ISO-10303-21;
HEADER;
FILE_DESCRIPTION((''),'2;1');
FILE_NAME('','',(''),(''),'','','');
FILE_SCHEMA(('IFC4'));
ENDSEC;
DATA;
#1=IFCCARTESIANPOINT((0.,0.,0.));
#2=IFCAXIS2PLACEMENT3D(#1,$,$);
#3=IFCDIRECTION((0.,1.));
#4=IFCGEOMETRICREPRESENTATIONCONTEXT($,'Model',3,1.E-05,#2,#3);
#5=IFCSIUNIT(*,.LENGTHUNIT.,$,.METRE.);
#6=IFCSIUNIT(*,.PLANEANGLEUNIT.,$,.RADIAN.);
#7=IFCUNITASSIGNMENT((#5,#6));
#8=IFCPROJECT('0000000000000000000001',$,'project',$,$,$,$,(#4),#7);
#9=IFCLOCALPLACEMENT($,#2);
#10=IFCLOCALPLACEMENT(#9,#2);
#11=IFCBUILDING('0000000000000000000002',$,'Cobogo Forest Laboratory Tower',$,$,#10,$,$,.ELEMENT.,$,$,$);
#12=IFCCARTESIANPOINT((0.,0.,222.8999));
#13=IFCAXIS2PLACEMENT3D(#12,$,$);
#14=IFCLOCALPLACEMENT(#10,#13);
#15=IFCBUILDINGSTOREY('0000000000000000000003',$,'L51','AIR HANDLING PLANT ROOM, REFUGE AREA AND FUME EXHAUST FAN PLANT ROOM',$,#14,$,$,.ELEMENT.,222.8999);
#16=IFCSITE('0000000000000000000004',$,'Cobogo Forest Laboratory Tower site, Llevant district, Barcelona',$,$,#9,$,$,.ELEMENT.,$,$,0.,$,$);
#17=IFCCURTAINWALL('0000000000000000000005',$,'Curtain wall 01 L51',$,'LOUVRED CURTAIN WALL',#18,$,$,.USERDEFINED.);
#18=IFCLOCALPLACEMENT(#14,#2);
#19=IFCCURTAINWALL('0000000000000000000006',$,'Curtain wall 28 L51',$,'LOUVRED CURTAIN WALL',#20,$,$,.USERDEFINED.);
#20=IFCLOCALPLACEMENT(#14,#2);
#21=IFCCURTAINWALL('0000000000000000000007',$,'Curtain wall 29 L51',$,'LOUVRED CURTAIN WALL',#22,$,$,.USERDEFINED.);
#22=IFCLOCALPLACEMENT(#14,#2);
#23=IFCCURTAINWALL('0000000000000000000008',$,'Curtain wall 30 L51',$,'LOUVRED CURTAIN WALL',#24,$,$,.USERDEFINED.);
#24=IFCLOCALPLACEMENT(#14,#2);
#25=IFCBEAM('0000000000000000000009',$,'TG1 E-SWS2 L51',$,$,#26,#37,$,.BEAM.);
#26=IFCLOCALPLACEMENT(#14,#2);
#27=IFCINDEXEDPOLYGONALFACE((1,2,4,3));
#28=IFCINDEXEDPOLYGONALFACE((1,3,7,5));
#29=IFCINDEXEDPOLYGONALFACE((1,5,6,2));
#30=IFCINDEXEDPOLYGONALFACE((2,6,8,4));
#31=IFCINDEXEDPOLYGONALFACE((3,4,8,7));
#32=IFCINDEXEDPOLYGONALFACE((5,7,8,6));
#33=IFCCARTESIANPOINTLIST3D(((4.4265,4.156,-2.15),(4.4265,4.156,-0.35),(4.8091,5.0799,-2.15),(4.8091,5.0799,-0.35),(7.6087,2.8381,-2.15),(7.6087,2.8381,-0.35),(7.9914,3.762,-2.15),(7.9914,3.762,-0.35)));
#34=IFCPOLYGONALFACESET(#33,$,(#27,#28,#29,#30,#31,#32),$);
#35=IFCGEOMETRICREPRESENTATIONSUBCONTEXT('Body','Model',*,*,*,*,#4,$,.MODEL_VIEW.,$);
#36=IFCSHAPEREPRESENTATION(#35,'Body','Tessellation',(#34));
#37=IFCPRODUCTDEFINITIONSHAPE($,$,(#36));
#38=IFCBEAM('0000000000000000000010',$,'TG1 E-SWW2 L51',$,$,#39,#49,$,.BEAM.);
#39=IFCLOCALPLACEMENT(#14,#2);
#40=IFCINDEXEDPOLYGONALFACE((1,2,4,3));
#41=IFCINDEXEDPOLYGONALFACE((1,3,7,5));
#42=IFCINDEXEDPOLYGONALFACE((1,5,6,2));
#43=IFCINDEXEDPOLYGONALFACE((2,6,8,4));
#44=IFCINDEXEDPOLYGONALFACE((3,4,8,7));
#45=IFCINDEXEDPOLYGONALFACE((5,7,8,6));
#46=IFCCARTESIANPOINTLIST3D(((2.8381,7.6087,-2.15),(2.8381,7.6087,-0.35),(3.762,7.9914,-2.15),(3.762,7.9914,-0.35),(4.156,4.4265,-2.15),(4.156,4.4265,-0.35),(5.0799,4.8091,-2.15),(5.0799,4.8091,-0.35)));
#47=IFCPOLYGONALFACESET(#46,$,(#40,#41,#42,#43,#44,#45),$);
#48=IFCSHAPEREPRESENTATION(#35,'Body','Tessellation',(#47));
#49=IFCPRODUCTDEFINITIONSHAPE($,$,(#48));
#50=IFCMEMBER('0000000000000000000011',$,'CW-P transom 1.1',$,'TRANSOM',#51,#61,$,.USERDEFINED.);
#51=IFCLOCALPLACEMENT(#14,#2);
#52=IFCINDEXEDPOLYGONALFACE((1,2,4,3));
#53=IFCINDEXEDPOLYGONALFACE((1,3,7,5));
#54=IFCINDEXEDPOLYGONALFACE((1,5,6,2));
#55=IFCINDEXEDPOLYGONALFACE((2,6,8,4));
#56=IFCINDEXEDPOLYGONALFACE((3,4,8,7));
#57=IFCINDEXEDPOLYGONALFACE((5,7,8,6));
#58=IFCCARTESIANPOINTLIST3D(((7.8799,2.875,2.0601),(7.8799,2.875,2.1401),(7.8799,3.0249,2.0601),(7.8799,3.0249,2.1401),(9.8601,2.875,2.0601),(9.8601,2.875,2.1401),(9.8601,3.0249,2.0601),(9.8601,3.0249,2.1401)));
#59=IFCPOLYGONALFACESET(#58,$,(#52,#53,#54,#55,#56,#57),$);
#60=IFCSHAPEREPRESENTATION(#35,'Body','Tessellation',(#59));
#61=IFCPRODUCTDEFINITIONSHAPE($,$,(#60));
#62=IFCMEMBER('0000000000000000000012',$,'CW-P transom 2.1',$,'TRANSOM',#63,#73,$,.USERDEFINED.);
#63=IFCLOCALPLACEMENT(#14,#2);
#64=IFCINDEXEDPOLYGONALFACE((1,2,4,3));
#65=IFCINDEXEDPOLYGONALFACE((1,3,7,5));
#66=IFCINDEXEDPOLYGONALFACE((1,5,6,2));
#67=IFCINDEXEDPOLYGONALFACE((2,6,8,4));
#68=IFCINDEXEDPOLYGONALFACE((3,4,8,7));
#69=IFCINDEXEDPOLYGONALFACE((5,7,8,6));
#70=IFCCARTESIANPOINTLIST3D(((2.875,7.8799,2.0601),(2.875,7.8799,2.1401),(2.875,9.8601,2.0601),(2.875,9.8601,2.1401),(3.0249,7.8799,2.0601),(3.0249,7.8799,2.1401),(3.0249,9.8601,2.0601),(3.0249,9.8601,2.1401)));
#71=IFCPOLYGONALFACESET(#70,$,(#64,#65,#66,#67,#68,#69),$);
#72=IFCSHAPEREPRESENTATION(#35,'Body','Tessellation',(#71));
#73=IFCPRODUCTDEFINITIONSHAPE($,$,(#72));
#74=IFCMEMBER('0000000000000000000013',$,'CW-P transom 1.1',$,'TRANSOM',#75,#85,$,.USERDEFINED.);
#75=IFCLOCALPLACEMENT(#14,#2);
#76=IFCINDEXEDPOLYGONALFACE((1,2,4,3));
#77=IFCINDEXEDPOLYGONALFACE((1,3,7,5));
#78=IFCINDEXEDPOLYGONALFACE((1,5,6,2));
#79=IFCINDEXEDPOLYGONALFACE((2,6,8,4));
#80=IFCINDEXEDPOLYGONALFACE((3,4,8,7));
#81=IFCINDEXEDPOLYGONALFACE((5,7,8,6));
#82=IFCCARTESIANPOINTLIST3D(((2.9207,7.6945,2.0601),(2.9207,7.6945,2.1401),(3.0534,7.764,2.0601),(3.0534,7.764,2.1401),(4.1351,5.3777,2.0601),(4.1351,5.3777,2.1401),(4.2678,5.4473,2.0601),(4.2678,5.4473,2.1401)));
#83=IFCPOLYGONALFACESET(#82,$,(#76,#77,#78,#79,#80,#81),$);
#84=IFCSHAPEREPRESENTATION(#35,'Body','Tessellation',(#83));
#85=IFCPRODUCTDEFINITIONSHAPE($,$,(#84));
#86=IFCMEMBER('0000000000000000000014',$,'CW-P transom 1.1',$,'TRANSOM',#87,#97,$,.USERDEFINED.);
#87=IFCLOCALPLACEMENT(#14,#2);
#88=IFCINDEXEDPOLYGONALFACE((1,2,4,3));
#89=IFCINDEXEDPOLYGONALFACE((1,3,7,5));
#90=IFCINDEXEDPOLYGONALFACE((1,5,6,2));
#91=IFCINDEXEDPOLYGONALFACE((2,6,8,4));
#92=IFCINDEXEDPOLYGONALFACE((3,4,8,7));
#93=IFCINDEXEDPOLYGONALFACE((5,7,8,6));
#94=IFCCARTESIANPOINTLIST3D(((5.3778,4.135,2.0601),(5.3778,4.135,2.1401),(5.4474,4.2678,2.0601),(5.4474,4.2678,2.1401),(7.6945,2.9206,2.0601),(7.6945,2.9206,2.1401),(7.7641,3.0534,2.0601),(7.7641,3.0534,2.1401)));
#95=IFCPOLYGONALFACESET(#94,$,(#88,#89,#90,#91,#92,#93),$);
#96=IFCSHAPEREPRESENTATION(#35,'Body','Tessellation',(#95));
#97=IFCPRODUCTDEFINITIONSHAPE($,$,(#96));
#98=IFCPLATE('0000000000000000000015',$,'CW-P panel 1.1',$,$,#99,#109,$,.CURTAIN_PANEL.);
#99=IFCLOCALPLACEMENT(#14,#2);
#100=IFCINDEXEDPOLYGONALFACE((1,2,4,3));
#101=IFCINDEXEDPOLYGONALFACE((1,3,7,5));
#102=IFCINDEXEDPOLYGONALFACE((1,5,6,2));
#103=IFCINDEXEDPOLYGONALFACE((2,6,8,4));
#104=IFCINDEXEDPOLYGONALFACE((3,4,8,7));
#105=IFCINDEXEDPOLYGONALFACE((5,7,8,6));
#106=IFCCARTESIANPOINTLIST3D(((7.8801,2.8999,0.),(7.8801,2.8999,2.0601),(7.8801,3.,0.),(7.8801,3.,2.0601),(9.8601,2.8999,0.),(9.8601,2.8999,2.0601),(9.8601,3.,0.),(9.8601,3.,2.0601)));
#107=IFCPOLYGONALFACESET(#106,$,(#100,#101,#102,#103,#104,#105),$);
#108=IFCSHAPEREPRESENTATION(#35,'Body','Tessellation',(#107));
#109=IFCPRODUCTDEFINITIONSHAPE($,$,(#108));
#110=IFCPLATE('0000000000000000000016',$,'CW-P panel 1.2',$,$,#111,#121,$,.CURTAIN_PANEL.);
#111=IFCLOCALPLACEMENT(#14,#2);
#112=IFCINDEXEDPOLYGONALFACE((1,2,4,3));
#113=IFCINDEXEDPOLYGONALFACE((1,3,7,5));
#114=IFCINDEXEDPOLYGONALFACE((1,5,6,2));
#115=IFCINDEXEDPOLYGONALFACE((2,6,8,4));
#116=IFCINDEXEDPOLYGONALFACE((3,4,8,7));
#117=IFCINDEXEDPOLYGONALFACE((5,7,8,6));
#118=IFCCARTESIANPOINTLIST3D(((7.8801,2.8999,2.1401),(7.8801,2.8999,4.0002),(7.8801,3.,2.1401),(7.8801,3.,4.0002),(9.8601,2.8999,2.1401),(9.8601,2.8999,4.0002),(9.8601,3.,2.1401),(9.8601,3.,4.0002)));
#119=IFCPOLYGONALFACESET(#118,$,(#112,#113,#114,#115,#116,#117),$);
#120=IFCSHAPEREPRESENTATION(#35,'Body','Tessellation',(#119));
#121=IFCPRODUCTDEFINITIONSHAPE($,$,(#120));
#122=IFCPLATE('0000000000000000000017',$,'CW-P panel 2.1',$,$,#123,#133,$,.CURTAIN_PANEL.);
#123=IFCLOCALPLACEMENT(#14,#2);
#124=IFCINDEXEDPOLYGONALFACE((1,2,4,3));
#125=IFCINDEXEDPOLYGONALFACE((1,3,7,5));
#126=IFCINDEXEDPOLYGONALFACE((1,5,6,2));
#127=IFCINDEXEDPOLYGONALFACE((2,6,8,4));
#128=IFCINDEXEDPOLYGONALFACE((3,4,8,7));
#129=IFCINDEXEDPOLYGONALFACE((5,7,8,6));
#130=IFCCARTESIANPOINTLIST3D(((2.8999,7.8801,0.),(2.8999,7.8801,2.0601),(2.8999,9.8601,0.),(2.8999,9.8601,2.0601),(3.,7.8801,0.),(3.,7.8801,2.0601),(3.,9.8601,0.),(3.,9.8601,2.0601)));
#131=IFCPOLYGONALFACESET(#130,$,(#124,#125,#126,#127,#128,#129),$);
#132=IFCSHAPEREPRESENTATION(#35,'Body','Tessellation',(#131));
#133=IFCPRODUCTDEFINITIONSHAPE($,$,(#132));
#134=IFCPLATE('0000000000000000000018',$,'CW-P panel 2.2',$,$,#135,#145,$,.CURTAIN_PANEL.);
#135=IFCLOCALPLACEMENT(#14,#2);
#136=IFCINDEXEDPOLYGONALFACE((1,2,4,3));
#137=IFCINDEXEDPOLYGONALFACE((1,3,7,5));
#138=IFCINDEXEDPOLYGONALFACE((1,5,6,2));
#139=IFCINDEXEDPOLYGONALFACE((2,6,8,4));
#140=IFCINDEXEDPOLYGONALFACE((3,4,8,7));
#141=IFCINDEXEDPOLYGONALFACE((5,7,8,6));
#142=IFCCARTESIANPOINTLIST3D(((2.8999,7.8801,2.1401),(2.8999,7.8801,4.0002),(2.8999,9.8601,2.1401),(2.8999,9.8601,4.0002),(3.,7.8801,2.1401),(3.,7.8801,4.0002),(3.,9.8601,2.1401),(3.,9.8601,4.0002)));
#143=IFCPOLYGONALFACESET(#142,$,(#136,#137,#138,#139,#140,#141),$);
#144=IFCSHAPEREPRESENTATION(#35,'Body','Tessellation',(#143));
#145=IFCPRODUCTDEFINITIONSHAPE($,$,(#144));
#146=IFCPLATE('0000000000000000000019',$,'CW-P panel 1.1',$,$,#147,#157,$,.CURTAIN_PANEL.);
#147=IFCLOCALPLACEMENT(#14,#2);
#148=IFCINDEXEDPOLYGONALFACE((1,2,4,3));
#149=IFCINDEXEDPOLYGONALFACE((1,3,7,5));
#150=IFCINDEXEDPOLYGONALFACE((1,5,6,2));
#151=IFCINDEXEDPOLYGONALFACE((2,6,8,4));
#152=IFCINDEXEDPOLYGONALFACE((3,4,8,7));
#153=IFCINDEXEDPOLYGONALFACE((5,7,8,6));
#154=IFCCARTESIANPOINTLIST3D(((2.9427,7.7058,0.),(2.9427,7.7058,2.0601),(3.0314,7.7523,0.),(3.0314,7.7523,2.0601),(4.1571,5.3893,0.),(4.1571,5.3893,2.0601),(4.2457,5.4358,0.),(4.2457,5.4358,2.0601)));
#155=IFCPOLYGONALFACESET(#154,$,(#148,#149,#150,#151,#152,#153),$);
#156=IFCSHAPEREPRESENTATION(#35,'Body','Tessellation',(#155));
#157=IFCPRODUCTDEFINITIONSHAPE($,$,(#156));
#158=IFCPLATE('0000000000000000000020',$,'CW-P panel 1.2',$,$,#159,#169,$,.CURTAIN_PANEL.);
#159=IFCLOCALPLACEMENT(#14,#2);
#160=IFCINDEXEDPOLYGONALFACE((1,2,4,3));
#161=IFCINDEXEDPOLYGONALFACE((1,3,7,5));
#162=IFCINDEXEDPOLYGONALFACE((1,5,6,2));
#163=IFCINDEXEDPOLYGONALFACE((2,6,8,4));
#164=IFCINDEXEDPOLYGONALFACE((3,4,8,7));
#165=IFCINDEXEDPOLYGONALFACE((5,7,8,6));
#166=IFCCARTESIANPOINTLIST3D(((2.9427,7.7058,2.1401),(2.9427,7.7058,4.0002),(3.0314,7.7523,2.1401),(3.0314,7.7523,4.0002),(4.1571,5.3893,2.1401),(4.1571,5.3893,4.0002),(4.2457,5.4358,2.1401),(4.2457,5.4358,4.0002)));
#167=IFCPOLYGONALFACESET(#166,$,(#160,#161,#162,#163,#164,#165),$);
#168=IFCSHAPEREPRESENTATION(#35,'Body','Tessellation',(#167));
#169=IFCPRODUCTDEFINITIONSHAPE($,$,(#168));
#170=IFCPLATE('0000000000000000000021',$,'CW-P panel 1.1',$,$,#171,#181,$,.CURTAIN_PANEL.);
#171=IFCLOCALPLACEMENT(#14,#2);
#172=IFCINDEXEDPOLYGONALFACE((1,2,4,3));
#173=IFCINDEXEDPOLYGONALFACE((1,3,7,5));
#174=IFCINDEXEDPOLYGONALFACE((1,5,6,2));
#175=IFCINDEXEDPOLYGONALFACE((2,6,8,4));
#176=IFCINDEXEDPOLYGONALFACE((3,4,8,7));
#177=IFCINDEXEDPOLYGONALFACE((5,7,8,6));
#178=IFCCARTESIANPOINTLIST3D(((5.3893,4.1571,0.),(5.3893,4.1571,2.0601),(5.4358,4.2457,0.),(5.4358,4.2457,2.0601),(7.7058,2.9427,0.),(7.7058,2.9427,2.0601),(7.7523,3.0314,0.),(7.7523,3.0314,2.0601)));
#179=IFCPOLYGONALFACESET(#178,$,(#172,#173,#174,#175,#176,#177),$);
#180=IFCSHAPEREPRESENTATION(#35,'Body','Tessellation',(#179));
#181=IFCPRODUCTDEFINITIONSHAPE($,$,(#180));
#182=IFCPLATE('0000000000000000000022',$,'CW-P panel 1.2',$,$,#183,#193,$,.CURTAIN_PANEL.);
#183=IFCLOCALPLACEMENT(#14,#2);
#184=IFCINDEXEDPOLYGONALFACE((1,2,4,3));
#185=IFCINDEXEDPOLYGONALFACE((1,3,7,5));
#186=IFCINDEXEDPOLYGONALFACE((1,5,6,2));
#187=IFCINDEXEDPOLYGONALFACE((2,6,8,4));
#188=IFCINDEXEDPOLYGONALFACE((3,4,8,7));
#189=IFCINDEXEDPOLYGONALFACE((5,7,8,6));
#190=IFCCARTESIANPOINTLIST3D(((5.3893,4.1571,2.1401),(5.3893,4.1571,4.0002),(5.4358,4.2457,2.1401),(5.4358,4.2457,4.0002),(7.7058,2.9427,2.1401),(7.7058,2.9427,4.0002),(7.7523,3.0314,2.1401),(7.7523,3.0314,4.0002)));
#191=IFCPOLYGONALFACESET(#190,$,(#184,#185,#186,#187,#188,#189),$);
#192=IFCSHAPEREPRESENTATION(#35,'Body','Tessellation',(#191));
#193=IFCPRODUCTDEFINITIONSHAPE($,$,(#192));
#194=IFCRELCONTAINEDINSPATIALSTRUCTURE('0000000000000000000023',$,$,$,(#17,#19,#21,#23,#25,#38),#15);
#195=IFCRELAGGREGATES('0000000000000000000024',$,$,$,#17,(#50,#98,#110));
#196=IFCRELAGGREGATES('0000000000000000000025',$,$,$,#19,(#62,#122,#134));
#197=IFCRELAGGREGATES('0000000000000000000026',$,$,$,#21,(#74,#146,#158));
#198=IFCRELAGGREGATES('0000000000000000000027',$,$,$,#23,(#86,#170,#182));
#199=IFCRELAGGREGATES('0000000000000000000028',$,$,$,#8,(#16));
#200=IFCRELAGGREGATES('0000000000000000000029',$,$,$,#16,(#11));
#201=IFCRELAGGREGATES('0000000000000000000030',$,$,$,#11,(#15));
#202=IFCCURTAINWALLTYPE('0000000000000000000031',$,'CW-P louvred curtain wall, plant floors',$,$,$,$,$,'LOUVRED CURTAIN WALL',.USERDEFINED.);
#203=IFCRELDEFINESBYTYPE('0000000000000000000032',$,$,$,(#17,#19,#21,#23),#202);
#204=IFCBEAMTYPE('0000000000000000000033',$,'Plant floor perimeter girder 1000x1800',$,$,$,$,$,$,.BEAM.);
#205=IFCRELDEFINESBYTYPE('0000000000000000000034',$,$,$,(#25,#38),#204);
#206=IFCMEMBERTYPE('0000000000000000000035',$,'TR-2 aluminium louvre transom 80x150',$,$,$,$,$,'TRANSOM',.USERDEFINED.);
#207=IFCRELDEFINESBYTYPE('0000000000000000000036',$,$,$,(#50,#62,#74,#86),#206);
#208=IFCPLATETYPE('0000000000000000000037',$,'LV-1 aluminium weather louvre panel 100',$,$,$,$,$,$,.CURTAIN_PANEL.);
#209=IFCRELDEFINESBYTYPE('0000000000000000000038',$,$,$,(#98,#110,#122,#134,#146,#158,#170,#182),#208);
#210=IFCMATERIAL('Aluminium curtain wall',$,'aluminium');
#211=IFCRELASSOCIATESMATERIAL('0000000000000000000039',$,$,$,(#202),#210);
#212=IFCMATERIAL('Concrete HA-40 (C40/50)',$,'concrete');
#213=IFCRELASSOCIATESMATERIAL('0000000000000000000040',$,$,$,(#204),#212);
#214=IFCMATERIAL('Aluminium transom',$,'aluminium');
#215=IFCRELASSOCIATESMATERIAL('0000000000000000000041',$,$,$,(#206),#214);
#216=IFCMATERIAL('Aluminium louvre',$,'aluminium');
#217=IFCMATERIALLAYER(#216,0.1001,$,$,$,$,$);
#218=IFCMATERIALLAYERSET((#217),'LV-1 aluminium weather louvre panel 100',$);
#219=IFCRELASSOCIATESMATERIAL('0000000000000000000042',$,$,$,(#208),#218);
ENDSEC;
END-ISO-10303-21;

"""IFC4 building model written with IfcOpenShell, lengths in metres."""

from ifc_helpers import new_model, si_unit, direction, frame, origin, origin_2d, place, context, subcontext, project, spatial, rectangle, extrude, material, layer, layer_set, material_profile, profile_set, type_object, element, aggregate, save


model = new_model("IFC4")

# Units and contexts
model_context = context("Model", 3, precision=1e-05, world=origin(), true_north=direction((0.0, 1.0)))
body_context = subcontext(model_context, "Body", "Model", "MODEL_VIEW")
ifc_project = project(units=[si_unit("LENGTHUNIT", "METRE"), si_unit("PLANEANGLEUNIT", "RADIAN")], contexts=[model_context])

# Site, building, storey
site_placement = place(None, origin())
site = spatial("IfcSite", under=ifc_project, at=site_placement, Name="Cobogo Forest Laboratory Tower site, Llevant district, Barcelona", CompositionType="ELEMENT", RefElevation=0.0)
building_placement = place(site_placement, origin())
building = spatial("IfcBuilding", under=site, at=building_placement, Name="Cobogo Forest Laboratory Tower", CompositionType="ELEMENT")
storey_placement = place(building_placement, frame((0.0, 0.0, 222.8999)))
storey = spatial("IfcBuildingStorey", under=building, at=storey_placement, Name="L51", Description="AIR HANDLING PLANT ROOM, REFUGE AREA AND FUME EXHAUST FAN PLANT ROOM", CompositionType="ELEMENT", Elevation=222.8999)

# Curtain walls
ifc_material_1 = material(Name="Aluminium curtain wall", Category="aluminium")
curtain_wall_type = type_object("IfcCurtainWallType", Name="CW-P louvred curtain wall, plant floors", ElementType="LOUVRED CURTAIN WALL", PredefinedType="USERDEFINED", material=ifc_material_1)
curtain_wall_1_placement = place(storey_placement, origin())
curtain_wall_1 = element("IfcCurtainWall", 1, at=curtain_wall_1_placement, inside=storey, type_object=curtain_wall_type, Name="Curtain wall 01 L51", ObjectType="LOUVRED CURTAIN WALL", PredefinedType="USERDEFINED")
curtain_wall_2_placement = place(storey_placement, origin())
curtain_wall_2 = element("IfcCurtainWall", 2, at=curtain_wall_2_placement, inside=storey, type_object=curtain_wall_type, Name="Curtain wall 28 L51", ObjectType="LOUVRED CURTAIN WALL", PredefinedType="USERDEFINED")
curtain_wall_3_placement = place(storey_placement, origin())
curtain_wall_3 = element("IfcCurtainWall", 3, at=curtain_wall_3_placement, inside=storey, type_object=curtain_wall_type, Name="Curtain wall 29 L51", ObjectType="LOUVRED CURTAIN WALL", PredefinedType="USERDEFINED")
curtain_wall_4_placement = place(storey_placement, origin())
curtain_wall_4 = element("IfcCurtainWall", 4, at=curtain_wall_4_placement, inside=storey, type_object=curtain_wall_type, Name="Curtain wall 30 L51", ObjectType="LOUVRED CURTAIN WALL", PredefinedType="USERDEFINED")

# Beams
ifc_material_2 = material(Name="Concrete HA-40 (C40/50)", Category="concrete")
ifc_material_profile_1 = material_profile(ifc_material_2, rectangle(XDim=1.0, YDim=1.8, at=origin_2d()), Name="RC 1000x1800")
ifc_profile_set_1 = profile_set([ifc_material_profile_1], Name="Concrete HA-40 (C40/50)")
beam_type_1 = type_object("IfcBeamType", Name="Plant floor perimeter girder 1000x1800", PredefinedType="BEAM", material=ifc_profile_set_1)
for number, where, z_axis, x_axis, name in (
    (5, (7.8, 3.3, -1.25), (-0.923901, 0.382631, 0.0), (-0.382631, -0.923901, 0.0), "TG1 E-SWS2 L51"),
    (6, (3.3, 7.8, -1.25), (0.382631, -0.923901, 0.0), (0.923901, 0.382631, 0.0), "TG1 E-SWW2 L51"),
):
    element("IfcBeam", number, at=place(storey_placement, frame(where, z_axis=z_axis, x_axis=x_axis)), inside=storey, type_object=beam_type_1, Name=name, PredefinedType="BEAM", context=body_context, shape_type="SweptSolid", body=[
        extrude(rectangle(XDim=1.0, YDim=1.8, at=origin_2d()), origin(), (0.0, 0.0, 1.0), 3.4443),
    ])

# Members
ifc_material_3 = material(Name="Aluminium transom", Category="aluminium")
ifc_material_profile_2 = material_profile(ifc_material_3, rectangle(XDim=0.1499, YDim=0.0801, at=origin_2d()), Name="AL 80x150")
ifc_profile_set_2 = profile_set([ifc_material_profile_2], Name="Aluminium transom")
member_type_1 = type_object("IfcMemberType", Name="TR-2 aluminium louvre transom 80x150", ElementType="TRANSOM", PredefinedType="USERDEFINED", material=ifc_profile_set_2)
member_1_placement = place(storey_placement, frame((7.8799, 2.95, 2.1001), z_axis=(1.0, 0.0, 0.0), x_axis=(0.0, 1.0, 0.0)))
member_1 = element("IfcMember", 7, at=member_1_placement, type_object=member_type_1, Name="CW-P transom 1.1", ObjectType="TRANSOM", PredefinedType="USERDEFINED", context=body_context, shape_type="SweptSolid", body=[
    extrude(rectangle(XDim=0.1499, YDim=0.0801, at=origin_2d()), origin(), (0.0, 0.0, 1.0), 1.9802),
])
member_2_placement = place(storey_placement, frame((2.95, 9.8601, 2.1001), z_axis=(0.0, -1.0, 0.0), x_axis=(1.0, 0.0, 0.0)))
member_2 = element("IfcMember", 8, at=member_2_placement, type_object=member_type_1, Name="CW-P transom 2.1", ObjectType="TRANSOM", PredefinedType="USERDEFINED", context=body_context, shape_type="SweptSolid", body=[
    extrude(rectangle(XDim=0.1499, YDim=0.0801, at=origin_2d()), origin(), (0.0, 0.0, 1.0), 1.9802),
])
member_3_placement = place(storey_placement, frame((2.9871, 7.7292, 2.1001), z_axis=(0.464269, -0.885694, 0.0), x_axis=(0.885694, 0.464269, 0.0)))
member_3 = element("IfcMember", 9, at=member_3_placement, type_object=member_type_1, Name="CW-P transom 1.1", ObjectType="TRANSOM", PredefinedType="USERDEFINED", context=body_context, shape_type="SweptSolid", body=[
    extrude(rectangle(XDim=0.1499, YDim=0.0801, at=origin_2d()), origin(), (0.0, 0.0, 1.0), 2.6157),
])
member_4_placement = place(storey_placement, frame((5.4126, 4.2014, 2.1001), z_axis=(0.885694, -0.464269, 0.0), x_axis=(0.464269, 0.885694, 0.0)))
member_4 = element("IfcMember", 10, at=member_4_placement, type_object=member_type_1, Name="CW-P transom 1.1", ObjectType="TRANSOM", PredefinedType="USERDEFINED", context=body_context, shape_type="SweptSolid", body=[
    extrude(rectangle(XDim=0.1499, YDim=0.0801, at=origin_2d()), origin(), (0.0, 0.0, 1.0), 2.6157),
])

# Plates
ifc_material_4 = material(Name="Aluminium louvre", Category="aluminium")
ifc_layer_1 = layer(ifc_material_4, 0.1001)
ifc_layer_set_1 = layer_set([ifc_layer_1], Name="LV-1 aluminium weather louvre panel 100")
plate_type = type_object("IfcPlateType", Name="LV-1 aluminium weather louvre panel 100", PredefinedType="CURTAIN_PANEL", material=ifc_layer_set_1)
plate_1_placement = place(storey_placement, frame((8.8701, 2.95, 0.0), z_axis=(0.0, 0.0, 1.0), x_axis=(1.0, 0.0, 0.0)))
plate_1 = element("IfcPlate", 11, at=plate_1_placement, type_object=plate_type, Name="CW-P panel 1.1", PredefinedType="CURTAIN_PANEL", context=body_context, shape_type="SweptSolid", body=[
    extrude(rectangle(XDim=1.98, YDim=0.1001, at=origin_2d()), origin(), (0.0, 0.0, 1.0), 2.0601),
])
plate_2_placement = place(storey_placement, frame((8.8701, 2.95, 2.1401), z_axis=(0.0, 0.0, 1.0), x_axis=(1.0, 0.0, 0.0)))
plate_2 = element("IfcPlate", 12, at=plate_2_placement, type_object=plate_type, Name="CW-P panel 1.2", PredefinedType="CURTAIN_PANEL", context=body_context, shape_type="SweptSolid", body=[
    extrude(rectangle(XDim=1.98, YDim=0.1001, at=origin_2d()), origin(), (0.0, 0.0, 1.0), 1.8601),
])
aggregate(curtain_wall_1, [member_1, plate_1, plate_2])
plate_3_placement = place(storey_placement, frame((2.95, 8.8701, 0.0), z_axis=(0.0, 0.0, 1.0), x_axis=(0.0, -1.0, 0.0)))
plate_3 = element("IfcPlate", 13, at=plate_3_placement, type_object=plate_type, Name="CW-P panel 2.1", PredefinedType="CURTAIN_PANEL", context=body_context, shape_type="SweptSolid", body=[
    extrude(rectangle(XDim=1.98, YDim=0.1001, at=origin_2d()), origin(), (0.0, 0.0, 1.0), 2.0601),
])
plate_4_placement = place(storey_placement, frame((2.95, 8.8701, 2.1401), z_axis=(0.0, 0.0, 1.0), x_axis=(0.0, -1.0, 0.0)))
plate_4 = element("IfcPlate", 14, at=plate_4_placement, type_object=plate_type, Name="CW-P panel 2.2", PredefinedType="CURTAIN_PANEL", context=body_context, shape_type="SweptSolid", body=[
    extrude(rectangle(XDim=1.98, YDim=0.1001, at=origin_2d()), origin(), (0.0, 0.0, 1.0), 1.8601),
])
aggregate(curtain_wall_2, [member_2, plate_3, plate_4])
plate_5_placement = place(storey_placement, frame((3.5942, 6.5708, 0.0), z_axis=(0.0, 0.0, 1.0), x_axis=(0.464284, -0.885687, 0.0)))
plate_5 = element("IfcPlate", 15, at=plate_5_placement, type_object=plate_type, Name="CW-P panel 1.1", PredefinedType="CURTAIN_PANEL", context=body_context, shape_type="SweptSolid", body=[
    extrude(rectangle(XDim=2.6155, YDim=0.1001, at=origin_2d()), origin(), (0.0, 0.0, 1.0), 2.0601),
])
plate_6_placement = place(storey_placement, frame((3.5942, 6.5708, 2.1401), z_axis=(0.0, 0.0, 1.0), x_axis=(0.464284, -0.885687, 0.0)))
plate_6 = element("IfcPlate", 16, at=plate_6_placement, type_object=plate_type, Name="CW-P panel 1.2", PredefinedType="CURTAIN_PANEL", context=body_context, shape_type="SweptSolid", body=[
    extrude(rectangle(XDim=2.6155, YDim=0.1001, at=origin_2d()), origin(), (0.0, 0.0, 1.0), 1.8601),
])
aggregate(curtain_wall_3, [member_3, plate_5, plate_6])
plate_7_placement = place(storey_placement, frame((6.5708, 3.5942, 0.0), z_axis=(0.0, 0.0, 1.0), x_axis=(0.885687, -0.464284, 0.0)))
plate_7 = element("IfcPlate", 17, at=plate_7_placement, type_object=plate_type, Name="CW-P panel 1.1", PredefinedType="CURTAIN_PANEL", context=body_context, shape_type="SweptSolid", body=[
    extrude(rectangle(XDim=2.6155, YDim=0.1001, at=origin_2d()), origin(), (0.0, 0.0, 1.0), 2.0601),
])
plate_8_placement = place(storey_placement, frame((6.5708, 3.5942, 2.1401), z_axis=(0.0, 0.0, 1.0), x_axis=(0.885687, -0.464284, 0.0)))
plate_8 = element("IfcPlate", 18, at=plate_8_placement, type_object=plate_type, Name="CW-P panel 1.2", PredefinedType="CURTAIN_PANEL", context=body_context, shape_type="SweptSolid", body=[
    extrude(rectangle(XDim=2.6155, YDim=0.1001, at=origin_2d()), origin(), (0.0, 0.0, 1.0), 1.8601),
])
aggregate(curtain_wall_4, [member_4, plate_7, plate_8])

save(model, "model.ifc")
